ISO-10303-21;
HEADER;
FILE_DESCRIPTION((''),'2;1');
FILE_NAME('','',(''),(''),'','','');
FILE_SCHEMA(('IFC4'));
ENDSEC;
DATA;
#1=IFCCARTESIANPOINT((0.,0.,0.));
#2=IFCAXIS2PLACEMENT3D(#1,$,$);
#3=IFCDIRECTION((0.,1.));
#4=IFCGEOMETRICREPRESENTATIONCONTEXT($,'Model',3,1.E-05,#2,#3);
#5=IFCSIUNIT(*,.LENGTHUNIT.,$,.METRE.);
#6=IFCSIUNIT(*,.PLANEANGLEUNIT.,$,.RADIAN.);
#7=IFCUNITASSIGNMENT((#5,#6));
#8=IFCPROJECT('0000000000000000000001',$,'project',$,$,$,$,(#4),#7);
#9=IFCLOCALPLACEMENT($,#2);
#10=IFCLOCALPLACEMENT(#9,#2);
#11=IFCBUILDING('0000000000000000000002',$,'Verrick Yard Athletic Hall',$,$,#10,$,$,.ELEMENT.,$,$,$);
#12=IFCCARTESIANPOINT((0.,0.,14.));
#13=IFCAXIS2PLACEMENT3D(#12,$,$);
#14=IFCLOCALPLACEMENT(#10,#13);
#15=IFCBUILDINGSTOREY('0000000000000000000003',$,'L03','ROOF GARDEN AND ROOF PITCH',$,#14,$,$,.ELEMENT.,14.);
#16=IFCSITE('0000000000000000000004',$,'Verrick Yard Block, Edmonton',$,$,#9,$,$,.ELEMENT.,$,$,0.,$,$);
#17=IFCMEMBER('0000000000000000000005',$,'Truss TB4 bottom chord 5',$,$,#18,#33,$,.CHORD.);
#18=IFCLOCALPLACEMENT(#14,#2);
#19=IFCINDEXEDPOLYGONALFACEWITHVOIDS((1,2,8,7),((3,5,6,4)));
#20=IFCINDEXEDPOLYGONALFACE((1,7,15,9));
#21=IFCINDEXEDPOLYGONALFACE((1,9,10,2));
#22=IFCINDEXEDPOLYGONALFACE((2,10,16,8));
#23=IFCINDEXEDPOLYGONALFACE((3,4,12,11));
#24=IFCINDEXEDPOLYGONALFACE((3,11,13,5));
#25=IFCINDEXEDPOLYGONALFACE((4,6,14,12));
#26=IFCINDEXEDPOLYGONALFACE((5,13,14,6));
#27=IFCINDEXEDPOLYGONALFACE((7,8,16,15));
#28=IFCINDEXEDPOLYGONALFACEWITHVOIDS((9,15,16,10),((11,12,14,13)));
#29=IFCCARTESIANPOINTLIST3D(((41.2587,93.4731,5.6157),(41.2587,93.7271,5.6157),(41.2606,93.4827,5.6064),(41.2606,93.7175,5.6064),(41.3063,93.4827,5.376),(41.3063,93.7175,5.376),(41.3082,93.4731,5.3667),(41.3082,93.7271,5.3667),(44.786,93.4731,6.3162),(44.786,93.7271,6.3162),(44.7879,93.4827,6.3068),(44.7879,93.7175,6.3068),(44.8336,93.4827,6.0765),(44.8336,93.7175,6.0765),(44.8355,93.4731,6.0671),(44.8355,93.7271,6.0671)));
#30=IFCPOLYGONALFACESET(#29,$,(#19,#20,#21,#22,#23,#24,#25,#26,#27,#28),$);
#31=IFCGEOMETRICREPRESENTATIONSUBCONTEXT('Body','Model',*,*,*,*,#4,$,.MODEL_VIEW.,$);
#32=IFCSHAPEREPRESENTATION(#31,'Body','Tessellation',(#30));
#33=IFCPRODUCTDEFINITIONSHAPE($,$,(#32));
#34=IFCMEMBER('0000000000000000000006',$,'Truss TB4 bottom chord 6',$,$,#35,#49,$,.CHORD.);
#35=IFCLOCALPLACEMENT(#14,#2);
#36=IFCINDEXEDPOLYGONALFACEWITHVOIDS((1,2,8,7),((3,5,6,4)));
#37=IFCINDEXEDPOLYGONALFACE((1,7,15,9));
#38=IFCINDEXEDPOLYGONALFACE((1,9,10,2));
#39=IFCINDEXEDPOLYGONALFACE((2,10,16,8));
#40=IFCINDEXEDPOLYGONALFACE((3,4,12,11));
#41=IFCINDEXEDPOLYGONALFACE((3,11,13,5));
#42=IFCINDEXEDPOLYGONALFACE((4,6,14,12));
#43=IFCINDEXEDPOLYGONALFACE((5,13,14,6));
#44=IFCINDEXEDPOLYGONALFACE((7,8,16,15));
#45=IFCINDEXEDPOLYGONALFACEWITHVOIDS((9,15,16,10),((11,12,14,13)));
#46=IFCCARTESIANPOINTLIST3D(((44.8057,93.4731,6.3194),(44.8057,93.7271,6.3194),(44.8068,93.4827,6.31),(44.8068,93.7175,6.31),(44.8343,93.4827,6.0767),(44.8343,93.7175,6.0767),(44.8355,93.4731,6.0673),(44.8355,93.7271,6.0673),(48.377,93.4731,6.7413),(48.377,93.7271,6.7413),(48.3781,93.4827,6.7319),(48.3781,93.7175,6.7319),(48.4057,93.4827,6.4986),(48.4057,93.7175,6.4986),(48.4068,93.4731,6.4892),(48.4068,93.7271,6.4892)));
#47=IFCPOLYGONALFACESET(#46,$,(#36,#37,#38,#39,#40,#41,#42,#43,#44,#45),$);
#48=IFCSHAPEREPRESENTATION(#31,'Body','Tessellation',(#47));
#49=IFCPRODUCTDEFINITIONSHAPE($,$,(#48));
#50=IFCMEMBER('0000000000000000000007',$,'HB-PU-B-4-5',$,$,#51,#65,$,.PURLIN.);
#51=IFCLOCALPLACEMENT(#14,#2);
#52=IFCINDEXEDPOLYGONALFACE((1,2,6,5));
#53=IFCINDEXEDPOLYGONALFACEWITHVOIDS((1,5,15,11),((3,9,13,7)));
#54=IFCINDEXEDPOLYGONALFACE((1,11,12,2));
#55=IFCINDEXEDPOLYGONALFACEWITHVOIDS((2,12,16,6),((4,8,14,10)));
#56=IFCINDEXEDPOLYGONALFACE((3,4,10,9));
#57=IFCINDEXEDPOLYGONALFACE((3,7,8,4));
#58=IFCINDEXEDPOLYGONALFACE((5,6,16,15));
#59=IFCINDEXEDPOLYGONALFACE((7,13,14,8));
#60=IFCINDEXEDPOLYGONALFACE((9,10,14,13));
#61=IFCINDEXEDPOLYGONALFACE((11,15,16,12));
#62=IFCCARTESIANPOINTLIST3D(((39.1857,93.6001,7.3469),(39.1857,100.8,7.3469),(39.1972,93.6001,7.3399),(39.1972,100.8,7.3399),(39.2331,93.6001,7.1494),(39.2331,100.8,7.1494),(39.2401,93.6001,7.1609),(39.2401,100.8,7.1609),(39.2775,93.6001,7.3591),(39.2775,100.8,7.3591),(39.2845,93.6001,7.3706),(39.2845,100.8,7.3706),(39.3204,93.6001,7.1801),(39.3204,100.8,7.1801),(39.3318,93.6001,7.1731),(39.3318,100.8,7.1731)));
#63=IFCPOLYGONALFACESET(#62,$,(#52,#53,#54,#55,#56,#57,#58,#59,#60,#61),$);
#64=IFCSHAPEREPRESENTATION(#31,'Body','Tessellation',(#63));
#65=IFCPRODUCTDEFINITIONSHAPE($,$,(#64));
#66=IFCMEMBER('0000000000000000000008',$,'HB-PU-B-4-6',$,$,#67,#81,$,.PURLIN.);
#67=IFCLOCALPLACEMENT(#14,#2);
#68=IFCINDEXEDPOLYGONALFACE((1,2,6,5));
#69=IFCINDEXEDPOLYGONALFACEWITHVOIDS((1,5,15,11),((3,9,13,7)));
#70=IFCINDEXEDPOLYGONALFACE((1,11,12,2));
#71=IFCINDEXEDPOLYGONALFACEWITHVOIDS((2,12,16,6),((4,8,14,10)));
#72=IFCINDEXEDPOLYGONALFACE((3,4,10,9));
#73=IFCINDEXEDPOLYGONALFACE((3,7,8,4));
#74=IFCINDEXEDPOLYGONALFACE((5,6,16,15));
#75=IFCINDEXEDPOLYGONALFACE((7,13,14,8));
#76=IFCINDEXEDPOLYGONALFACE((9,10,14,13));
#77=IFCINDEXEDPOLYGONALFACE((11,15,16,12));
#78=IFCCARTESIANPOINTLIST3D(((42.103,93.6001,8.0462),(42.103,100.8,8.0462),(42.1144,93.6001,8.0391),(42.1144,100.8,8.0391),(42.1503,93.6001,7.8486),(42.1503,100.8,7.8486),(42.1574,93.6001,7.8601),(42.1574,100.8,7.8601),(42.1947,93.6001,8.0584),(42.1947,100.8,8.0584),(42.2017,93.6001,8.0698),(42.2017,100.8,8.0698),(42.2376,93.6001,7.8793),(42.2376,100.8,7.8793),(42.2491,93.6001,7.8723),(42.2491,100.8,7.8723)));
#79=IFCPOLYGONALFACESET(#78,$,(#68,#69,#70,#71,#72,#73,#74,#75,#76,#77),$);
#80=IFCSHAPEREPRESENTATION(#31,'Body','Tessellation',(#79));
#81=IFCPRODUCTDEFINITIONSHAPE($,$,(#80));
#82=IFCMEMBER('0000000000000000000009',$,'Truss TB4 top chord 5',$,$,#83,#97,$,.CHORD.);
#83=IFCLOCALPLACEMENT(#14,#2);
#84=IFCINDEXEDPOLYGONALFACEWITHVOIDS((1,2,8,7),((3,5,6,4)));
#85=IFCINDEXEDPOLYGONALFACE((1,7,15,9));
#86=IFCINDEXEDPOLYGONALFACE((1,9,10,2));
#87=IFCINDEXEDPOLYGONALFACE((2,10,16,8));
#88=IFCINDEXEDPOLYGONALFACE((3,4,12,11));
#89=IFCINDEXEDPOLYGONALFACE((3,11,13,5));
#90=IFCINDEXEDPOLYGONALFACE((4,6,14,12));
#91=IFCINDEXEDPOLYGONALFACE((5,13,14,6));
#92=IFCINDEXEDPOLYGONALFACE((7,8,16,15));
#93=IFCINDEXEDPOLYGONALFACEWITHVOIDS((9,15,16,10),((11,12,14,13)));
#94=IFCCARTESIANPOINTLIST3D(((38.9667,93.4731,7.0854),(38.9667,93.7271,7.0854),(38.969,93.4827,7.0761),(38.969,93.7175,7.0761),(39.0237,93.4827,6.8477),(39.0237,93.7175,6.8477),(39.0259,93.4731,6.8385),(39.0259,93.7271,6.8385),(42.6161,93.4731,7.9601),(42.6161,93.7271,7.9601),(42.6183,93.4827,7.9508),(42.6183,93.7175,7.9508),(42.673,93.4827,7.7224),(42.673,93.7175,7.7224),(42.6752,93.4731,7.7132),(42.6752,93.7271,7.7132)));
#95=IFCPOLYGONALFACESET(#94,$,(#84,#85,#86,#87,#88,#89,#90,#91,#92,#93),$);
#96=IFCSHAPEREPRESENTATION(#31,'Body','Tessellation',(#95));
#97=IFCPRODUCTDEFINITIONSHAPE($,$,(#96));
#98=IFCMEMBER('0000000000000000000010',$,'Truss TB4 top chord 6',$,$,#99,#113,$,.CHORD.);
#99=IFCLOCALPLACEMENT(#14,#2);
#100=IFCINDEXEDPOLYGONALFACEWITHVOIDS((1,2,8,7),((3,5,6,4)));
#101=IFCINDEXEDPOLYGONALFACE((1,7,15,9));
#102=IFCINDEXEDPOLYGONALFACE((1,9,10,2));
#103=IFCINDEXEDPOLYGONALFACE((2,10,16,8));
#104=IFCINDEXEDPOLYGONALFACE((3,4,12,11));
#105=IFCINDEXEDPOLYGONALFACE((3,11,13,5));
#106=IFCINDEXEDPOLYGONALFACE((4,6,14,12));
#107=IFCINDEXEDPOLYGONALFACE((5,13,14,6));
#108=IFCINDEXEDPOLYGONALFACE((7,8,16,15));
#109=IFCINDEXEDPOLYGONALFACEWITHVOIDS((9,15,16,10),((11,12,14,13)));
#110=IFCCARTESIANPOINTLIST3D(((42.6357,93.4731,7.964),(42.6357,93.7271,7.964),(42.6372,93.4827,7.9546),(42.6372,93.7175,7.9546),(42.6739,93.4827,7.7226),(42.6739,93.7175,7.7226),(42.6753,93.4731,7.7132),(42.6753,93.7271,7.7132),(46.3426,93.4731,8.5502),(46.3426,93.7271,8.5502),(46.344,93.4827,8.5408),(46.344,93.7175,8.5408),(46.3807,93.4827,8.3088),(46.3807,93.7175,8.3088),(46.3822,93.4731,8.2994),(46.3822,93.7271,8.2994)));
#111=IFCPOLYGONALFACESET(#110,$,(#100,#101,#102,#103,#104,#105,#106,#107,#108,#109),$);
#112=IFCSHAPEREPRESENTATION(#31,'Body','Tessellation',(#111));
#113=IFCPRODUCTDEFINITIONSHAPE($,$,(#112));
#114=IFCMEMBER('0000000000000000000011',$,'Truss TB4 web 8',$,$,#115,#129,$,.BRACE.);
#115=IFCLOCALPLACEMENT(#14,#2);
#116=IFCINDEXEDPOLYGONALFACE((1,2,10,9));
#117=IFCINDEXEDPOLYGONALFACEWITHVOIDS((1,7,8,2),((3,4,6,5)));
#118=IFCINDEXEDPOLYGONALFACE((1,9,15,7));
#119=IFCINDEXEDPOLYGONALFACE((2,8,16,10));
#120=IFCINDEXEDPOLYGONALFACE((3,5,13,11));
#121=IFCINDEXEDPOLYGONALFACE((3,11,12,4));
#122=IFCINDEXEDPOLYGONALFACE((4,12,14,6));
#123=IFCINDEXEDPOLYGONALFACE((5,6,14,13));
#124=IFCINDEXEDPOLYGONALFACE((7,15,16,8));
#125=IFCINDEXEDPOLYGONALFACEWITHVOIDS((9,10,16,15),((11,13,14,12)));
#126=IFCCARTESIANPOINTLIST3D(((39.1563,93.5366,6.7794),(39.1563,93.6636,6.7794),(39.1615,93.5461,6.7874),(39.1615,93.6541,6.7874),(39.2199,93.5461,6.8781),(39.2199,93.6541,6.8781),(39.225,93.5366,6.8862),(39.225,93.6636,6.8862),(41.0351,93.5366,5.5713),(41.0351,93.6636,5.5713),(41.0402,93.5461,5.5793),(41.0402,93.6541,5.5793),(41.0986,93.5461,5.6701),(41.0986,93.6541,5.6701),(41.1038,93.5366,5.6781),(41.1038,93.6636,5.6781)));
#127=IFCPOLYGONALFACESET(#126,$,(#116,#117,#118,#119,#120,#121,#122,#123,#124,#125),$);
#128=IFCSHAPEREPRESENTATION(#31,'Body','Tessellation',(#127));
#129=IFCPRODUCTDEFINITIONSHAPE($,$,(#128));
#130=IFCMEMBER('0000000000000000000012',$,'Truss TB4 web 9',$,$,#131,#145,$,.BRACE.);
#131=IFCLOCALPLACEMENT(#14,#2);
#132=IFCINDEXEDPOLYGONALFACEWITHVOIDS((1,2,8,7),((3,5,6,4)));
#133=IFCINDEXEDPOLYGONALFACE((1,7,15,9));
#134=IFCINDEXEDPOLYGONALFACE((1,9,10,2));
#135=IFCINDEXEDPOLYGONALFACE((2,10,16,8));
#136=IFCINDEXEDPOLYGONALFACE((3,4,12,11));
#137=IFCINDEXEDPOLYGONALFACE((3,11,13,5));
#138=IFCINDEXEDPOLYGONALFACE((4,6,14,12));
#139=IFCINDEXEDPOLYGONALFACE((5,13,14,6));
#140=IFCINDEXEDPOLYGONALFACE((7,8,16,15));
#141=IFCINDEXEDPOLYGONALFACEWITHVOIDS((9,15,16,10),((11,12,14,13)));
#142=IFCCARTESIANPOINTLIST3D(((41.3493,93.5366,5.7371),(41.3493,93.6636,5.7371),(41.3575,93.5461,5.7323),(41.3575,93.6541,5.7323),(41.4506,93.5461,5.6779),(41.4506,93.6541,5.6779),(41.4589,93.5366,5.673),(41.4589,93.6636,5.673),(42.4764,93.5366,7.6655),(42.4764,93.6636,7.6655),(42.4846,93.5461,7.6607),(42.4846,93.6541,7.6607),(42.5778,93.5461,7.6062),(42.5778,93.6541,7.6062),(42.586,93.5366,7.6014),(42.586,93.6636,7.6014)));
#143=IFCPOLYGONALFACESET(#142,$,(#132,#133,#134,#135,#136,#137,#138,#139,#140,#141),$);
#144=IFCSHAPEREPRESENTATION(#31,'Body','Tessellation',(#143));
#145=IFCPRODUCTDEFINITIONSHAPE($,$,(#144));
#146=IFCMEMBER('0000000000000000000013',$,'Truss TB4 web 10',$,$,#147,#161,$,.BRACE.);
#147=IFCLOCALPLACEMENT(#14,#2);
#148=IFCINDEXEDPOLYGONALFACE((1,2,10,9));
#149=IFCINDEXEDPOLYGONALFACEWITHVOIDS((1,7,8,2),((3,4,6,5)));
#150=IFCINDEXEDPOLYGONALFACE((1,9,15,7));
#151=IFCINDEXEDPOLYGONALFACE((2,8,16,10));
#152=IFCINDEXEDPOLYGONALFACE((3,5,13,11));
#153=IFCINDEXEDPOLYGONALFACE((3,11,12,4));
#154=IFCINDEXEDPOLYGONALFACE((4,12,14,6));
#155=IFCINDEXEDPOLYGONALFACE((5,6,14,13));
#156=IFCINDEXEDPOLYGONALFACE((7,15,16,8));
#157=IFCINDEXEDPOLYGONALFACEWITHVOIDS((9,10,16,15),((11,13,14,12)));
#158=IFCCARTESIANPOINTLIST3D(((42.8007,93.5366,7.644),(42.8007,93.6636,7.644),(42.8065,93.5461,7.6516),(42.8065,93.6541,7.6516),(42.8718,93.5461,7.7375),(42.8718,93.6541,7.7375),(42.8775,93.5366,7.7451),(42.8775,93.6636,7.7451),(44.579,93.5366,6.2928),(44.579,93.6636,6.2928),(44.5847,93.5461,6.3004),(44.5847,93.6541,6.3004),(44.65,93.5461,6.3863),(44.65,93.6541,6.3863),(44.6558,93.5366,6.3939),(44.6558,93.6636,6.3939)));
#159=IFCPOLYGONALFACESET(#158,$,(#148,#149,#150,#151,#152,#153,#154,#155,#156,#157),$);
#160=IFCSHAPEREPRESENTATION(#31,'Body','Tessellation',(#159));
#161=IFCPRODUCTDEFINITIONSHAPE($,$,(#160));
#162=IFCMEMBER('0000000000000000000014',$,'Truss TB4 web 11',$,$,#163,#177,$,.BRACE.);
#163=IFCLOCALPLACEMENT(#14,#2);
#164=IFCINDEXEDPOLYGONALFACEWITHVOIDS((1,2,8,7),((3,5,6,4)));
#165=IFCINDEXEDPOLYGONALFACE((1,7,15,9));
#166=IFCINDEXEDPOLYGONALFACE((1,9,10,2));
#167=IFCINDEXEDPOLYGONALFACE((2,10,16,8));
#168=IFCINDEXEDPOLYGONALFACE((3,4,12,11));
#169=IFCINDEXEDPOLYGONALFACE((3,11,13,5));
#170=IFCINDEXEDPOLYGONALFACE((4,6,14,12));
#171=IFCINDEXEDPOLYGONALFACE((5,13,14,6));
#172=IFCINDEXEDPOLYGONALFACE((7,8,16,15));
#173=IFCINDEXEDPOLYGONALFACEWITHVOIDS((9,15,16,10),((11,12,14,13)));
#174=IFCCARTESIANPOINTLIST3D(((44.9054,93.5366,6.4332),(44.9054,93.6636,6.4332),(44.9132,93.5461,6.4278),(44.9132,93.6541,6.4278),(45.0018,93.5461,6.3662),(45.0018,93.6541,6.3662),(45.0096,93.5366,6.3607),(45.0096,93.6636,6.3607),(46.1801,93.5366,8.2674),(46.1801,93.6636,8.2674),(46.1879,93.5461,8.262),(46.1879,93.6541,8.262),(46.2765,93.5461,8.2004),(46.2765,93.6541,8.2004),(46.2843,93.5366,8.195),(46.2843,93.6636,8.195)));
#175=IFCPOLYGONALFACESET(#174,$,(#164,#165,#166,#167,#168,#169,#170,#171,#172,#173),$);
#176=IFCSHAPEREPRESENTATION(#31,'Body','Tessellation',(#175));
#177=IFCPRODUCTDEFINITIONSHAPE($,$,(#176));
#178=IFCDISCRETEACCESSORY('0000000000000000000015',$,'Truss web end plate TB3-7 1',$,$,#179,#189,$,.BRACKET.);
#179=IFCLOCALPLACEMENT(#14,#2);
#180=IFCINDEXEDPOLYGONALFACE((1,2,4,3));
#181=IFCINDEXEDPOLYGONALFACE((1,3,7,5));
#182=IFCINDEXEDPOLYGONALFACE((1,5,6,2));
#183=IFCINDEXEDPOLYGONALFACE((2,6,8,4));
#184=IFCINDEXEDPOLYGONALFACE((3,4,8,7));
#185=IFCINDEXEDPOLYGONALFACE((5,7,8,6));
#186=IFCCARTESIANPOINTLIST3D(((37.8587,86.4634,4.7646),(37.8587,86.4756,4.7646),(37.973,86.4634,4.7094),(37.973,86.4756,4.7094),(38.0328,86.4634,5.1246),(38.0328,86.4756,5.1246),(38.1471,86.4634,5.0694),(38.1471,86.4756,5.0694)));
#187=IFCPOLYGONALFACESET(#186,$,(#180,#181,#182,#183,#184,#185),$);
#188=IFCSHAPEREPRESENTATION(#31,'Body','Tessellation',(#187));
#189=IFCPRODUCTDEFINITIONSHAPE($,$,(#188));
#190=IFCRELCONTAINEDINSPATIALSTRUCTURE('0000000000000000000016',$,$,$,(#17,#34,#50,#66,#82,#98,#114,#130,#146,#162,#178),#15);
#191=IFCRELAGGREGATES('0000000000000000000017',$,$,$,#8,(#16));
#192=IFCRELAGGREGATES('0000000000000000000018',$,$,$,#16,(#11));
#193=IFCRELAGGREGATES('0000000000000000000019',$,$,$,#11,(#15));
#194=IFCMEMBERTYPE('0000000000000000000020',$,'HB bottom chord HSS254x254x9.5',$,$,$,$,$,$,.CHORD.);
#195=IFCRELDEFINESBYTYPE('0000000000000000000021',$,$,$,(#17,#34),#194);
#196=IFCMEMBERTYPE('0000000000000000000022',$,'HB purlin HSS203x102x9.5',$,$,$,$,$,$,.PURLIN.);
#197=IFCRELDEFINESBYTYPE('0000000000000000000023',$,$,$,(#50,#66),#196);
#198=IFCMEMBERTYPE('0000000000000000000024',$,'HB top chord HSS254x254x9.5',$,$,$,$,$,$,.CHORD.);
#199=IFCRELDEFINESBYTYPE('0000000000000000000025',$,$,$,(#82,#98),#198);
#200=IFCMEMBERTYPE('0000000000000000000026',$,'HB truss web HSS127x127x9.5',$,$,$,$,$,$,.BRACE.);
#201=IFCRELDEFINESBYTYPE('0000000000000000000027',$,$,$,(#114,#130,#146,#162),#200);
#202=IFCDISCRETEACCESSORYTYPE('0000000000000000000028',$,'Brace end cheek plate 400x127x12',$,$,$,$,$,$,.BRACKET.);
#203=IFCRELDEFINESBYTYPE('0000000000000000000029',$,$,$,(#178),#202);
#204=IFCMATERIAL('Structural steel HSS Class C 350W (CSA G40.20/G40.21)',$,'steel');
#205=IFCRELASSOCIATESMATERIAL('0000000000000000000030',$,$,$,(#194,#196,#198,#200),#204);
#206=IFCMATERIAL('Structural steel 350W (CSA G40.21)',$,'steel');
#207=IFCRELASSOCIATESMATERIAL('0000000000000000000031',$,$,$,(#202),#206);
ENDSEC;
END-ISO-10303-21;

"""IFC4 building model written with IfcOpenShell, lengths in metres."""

from ifc_helpers import new_model, si_unit, direction, frame, origin, origin_2d, place, context, subcontext, project, spatial, rectangle, hollow_rectangle, extrude, material, material_profile, profile_set, type_object, element, save


model = new_model("IFC4")

# Units and contexts
model_context = context("Model", 3, precision=1e-05, world=origin(), true_north=direction((0.0, 1.0)))
body_context = subcontext(model_context, "Body", "Model", "MODEL_VIEW")
ifc_project = project(units=[si_unit("LENGTHUNIT", "METRE"), si_unit("PLANEANGLEUNIT", "RADIAN")], contexts=[model_context])

# Site, building, storey
site_placement = place(None, origin())
site = spatial("IfcSite", under=ifc_project, at=site_placement, Name="Verrick Yard Block, Edmonton", CompositionType="ELEMENT", RefElevation=0.0)
building_placement = place(site_placement, origin())
building = spatial("IfcBuilding", under=site, at=building_placement, Name="Verrick Yard Athletic Hall", CompositionType="ELEMENT")
storey_placement = place(building_placement, frame((0.0, 0.0, 14.0)))
storey = spatial("IfcBuildingStorey", under=building, at=storey_placement, Name="L03", Description="ROOF GARDEN AND ROOF PITCH", CompositionType="ELEMENT", Elevation=14.0)

# Members
ifc_material_1 = material(Name="Structural steel HSS Class C 350W (CSA G40.20/G40.21)", Category="steel")
ifc_material_profile_1 = material_profile(ifc_material_1, hollow_rectangle(XDim=0.2539, YDim=0.2539, WallThickness=0.0095, at=origin_2d()), Name="HSS254x254x9.5")
ifc_profile_set_1 = profile_set([ifc_material_profile_1], Name="Structural steel HSS Class C 350W (CSA G40.20/G40.21)")
member_type_1 = type_object("IfcMemberType", Name="HB bottom chord HSS254x254x9.5", PredefinedType="CHORD", material=ifc_profile_set_1)
for number, where, z_axis, x_axis, name in (
    (1, (41.2834, 93.6001, 5.4912), (0.980849, 0.0, 0.194771), (0.0, 1.0, 0.0), "Truss TB4 bottom chord 5"),
    (2, (44.8206, 93.6001, 6.1934), (0.993095, 0.0, 0.117314), (0.0, 1.0, 0.0), "Truss TB4 bottom chord 6"),
):
    element("IfcMember", number, at=place(storey_placement, frame(where, z_axis=z_axis, x_axis=x_axis)), inside=storey, type_object=member_type_1, Name=name, PredefinedType="CHORD", context=body_context, shape_type="SweptSolid", body=[
        extrude(hollow_rectangle(XDim=0.2539, YDim=0.2539, WallThickness=0.0095, at=origin_2d()), origin(), (0.0, 0.0, 1.0), 3.5962),
    ])
ifc_material_profile_2 = material_profile(ifc_material_1, hollow_rectangle(XDim=0.1016, YDim=0.2031, WallThickness=0.0095, at=origin_2d()), Name="HSS203x102x9.5")
ifc_profile_set_2 = profile_set([ifc_material_profile_2], Name="Structural steel HSS Class C 350W (CSA G40.20/G40.21)")
member_type_2 = type_object("IfcMemberType", Name="HB purlin HSS203x102x9.5", PredefinedType="PURLIN", material=ifc_profile_set_2)
for number, where, z_axis, x_axis, name in (
    (3, (39.2588, 93.6001, 7.26), (0.0, 1.0, 0.0), (-0.972459, 0.0, -0.233074), "HB-PU-B-4-5"),
    (4, (42.176, 93.6001, 7.9592), (0.0, 1.0, 0.0), (-0.972459, 0.0, -0.233074), "HB-PU-B-4-6"),
):
    element("IfcMember", number, at=place(storey_placement, frame(where, z_axis=z_axis, x_axis=x_axis)), inside=storey, type_object=member_type_2, Name=name, PredefinedType="PURLIN", context=body_context, shape_type="SweptSolid", body=[
        extrude(hollow_rectangle(XDim=0.1016, YDim=0.2031, WallThickness=0.0095, at=origin_2d()), origin(), (0.0, 0.0, 1.0), 7.2),
    ])
ifc_material_profile_3 = material_profile(ifc_material_1, hollow_rectangle(XDim=0.2539, YDim=0.2539, WallThickness=0.0095, at=origin_2d()), Name="HSS254x254x9.5")
ifc_profile_set_3 = profile_set([ifc_material_profile_3], Name="Structural steel HSS Class C 350W (CSA G40.20/G40.21)")
member_type_3 = type_object("IfcMemberType", Name="HB top chord HSS254x254x9.5", PredefinedType="CHORD", material=ifc_profile_set_3)
member_1_placement = place(storey_placement, frame((38.9963, 93.6001, 6.9619), z_axis=(0.972454, 0.0, 0.233095), x_axis=(0.0, 1.0, 0.0)))
element("IfcMember", 5, at=member_1_placement, inside=storey, type_object=member_type_3, Name="Truss TB4 top chord 5", PredefinedType="CHORD", context=body_context, shape_type="SweptSolid", body=[
    extrude(hollow_rectangle(XDim=0.2539, YDim=0.2539, WallThickness=0.0095, at=origin_2d()), origin(), (0.0, 0.0, 1.0), 3.7527),
])
member_2_placement = place(storey_placement, frame((42.6555, 93.6001, 7.8386), z_axis=(0.987726, 0.0, 0.156196), x_axis=(0.0, 1.0, 0.0)))
element("IfcMember", 6, at=member_2_placement, inside=storey, type_object=member_type_3, Name="Truss TB4 top chord 6", PredefinedType="CHORD", context=body_context, shape_type="SweptSolid", body=[
    extrude(hollow_rectangle(XDim=0.2539, YDim=0.2539, WallThickness=0.0095, at=origin_2d()), origin(), (0.0, 0.0, 1.0), 3.7529),
])
ifc_material_profile_4 = material_profile(ifc_material_1, hollow_rectangle(XDim=0.127, YDim=0.127, WallThickness=0.0095, at=origin_2d()), Name="HSS127x127x9.5")
ifc_profile_set_4 = profile_set([ifc_material_profile_4], Name="Structural steel HSS Class C 350W (CSA G40.20/G40.21)")
member_type_4 = type_object("IfcMemberType", Name="HB truss web HSS127x127x9.5", PredefinedType="BRACE", material=ifc_profile_set_4)
for number, where, z_axis, x_axis, name in (
    (7, (39.1907, 93.6001, 6.8328), (0.841118, 0.0, -0.540852), (0.0, 1.0, 0.0), "Truss TB4 web 8"),
    (8, (41.4041, 93.6001, 5.7051), (0.504625, 0.0, 0.863339), (0.0, 1.0, 0.0), "Truss TB4 web 9"),
):
    element("IfcMember", number, at=place(storey_placement, frame(where, z_axis=z_axis, x_axis=x_axis)), inside=storey, type_object=member_type_4, Name=name, PredefinedType="BRACE", context=body_context, shape_type="SweptSolid", body=[
        extrude(hollow_rectangle(XDim=0.127, YDim=0.127, WallThickness=0.0095, at=origin_2d()), origin(), (0.0, 0.0, 1.0), 2.2336),
    ])
member_3_placement = place(storey_placement, frame((42.8391, 93.6001, 7.6946), z_axis=(0.796206, 0.0, -0.605025), x_axis=(0.0, 1.0, 0.0)))
element("IfcMember", 9, at=member_3_placement, inside=storey, type_object=member_type_4, Name="Truss TB4 web 10", PredefinedType="BRACE", context=body_context, shape_type="SweptSolid", body=[
    extrude(hollow_rectangle(XDim=0.127, YDim=0.127, WallThickness=0.0095, at=origin_2d()), origin(), (0.0, 0.0, 1.0), 2.2334),
])
member_4_placement = place(storey_placement, frame((44.9575, 93.6001, 6.397), z_axis=(0.570664, 0.0, 0.821184), x_axis=(0.0, 1.0, 0.0)))
element("IfcMember", 10, at=member_4_placement, inside=storey, type_object=member_type_4, Name="Truss TB4 web 11", PredefinedType="BRACE", context=body_context, shape_type="SweptSolid", body=[
    extrude(hollow_rectangle(XDim=0.127, YDim=0.127, WallThickness=0.0095, at=origin_2d()), origin(), (0.0, 0.0, 1.0), 2.2336),
])

# Discrete accessory
ifc_material_2 = material(Name="Structural steel 350W (CSA G40.21)", Category="steel")
ifc_material_profile_5 = material_profile(ifc_material_2, rectangle(XDim=0.3999, YDim=0.127, at=origin_2d()), Name="Brace end cheek plate")
ifc_profile_set_5 = profile_set([ifc_material_profile_5], Name="Structural steel 350W (CSA G40.21)")
discrete_accessory_type = type_object("IfcDiscreteAccessoryType", Name="Brace end cheek plate 400x127x12", PredefinedType="BRACKET", material=ifc_profile_set_5)
for number, where, z_axis, x_axis, name in (
    (11, (38.0029, 86.4634, 4.917), (0.0, 1.0, 0.0), (0.435417, 0.0, 0.900229), "Truss web end plate TB3-7 1"),
):
    element("IfcDiscreteAccessory", number, at=place(storey_placement, frame(where, z_axis=z_axis, x_axis=x_axis)), inside=storey, type_object=discrete_accessory_type, Name=name, PredefinedType="BRACKET", context=body_context, shape_type="SweptSolid", body=[
        extrude(rectangle(XDim=0.3999, YDim=0.127, at=origin_2d()), origin(), (0.0, 0.0, 1.0), 0.0122),
    ])

save(model, "model.ifc")
